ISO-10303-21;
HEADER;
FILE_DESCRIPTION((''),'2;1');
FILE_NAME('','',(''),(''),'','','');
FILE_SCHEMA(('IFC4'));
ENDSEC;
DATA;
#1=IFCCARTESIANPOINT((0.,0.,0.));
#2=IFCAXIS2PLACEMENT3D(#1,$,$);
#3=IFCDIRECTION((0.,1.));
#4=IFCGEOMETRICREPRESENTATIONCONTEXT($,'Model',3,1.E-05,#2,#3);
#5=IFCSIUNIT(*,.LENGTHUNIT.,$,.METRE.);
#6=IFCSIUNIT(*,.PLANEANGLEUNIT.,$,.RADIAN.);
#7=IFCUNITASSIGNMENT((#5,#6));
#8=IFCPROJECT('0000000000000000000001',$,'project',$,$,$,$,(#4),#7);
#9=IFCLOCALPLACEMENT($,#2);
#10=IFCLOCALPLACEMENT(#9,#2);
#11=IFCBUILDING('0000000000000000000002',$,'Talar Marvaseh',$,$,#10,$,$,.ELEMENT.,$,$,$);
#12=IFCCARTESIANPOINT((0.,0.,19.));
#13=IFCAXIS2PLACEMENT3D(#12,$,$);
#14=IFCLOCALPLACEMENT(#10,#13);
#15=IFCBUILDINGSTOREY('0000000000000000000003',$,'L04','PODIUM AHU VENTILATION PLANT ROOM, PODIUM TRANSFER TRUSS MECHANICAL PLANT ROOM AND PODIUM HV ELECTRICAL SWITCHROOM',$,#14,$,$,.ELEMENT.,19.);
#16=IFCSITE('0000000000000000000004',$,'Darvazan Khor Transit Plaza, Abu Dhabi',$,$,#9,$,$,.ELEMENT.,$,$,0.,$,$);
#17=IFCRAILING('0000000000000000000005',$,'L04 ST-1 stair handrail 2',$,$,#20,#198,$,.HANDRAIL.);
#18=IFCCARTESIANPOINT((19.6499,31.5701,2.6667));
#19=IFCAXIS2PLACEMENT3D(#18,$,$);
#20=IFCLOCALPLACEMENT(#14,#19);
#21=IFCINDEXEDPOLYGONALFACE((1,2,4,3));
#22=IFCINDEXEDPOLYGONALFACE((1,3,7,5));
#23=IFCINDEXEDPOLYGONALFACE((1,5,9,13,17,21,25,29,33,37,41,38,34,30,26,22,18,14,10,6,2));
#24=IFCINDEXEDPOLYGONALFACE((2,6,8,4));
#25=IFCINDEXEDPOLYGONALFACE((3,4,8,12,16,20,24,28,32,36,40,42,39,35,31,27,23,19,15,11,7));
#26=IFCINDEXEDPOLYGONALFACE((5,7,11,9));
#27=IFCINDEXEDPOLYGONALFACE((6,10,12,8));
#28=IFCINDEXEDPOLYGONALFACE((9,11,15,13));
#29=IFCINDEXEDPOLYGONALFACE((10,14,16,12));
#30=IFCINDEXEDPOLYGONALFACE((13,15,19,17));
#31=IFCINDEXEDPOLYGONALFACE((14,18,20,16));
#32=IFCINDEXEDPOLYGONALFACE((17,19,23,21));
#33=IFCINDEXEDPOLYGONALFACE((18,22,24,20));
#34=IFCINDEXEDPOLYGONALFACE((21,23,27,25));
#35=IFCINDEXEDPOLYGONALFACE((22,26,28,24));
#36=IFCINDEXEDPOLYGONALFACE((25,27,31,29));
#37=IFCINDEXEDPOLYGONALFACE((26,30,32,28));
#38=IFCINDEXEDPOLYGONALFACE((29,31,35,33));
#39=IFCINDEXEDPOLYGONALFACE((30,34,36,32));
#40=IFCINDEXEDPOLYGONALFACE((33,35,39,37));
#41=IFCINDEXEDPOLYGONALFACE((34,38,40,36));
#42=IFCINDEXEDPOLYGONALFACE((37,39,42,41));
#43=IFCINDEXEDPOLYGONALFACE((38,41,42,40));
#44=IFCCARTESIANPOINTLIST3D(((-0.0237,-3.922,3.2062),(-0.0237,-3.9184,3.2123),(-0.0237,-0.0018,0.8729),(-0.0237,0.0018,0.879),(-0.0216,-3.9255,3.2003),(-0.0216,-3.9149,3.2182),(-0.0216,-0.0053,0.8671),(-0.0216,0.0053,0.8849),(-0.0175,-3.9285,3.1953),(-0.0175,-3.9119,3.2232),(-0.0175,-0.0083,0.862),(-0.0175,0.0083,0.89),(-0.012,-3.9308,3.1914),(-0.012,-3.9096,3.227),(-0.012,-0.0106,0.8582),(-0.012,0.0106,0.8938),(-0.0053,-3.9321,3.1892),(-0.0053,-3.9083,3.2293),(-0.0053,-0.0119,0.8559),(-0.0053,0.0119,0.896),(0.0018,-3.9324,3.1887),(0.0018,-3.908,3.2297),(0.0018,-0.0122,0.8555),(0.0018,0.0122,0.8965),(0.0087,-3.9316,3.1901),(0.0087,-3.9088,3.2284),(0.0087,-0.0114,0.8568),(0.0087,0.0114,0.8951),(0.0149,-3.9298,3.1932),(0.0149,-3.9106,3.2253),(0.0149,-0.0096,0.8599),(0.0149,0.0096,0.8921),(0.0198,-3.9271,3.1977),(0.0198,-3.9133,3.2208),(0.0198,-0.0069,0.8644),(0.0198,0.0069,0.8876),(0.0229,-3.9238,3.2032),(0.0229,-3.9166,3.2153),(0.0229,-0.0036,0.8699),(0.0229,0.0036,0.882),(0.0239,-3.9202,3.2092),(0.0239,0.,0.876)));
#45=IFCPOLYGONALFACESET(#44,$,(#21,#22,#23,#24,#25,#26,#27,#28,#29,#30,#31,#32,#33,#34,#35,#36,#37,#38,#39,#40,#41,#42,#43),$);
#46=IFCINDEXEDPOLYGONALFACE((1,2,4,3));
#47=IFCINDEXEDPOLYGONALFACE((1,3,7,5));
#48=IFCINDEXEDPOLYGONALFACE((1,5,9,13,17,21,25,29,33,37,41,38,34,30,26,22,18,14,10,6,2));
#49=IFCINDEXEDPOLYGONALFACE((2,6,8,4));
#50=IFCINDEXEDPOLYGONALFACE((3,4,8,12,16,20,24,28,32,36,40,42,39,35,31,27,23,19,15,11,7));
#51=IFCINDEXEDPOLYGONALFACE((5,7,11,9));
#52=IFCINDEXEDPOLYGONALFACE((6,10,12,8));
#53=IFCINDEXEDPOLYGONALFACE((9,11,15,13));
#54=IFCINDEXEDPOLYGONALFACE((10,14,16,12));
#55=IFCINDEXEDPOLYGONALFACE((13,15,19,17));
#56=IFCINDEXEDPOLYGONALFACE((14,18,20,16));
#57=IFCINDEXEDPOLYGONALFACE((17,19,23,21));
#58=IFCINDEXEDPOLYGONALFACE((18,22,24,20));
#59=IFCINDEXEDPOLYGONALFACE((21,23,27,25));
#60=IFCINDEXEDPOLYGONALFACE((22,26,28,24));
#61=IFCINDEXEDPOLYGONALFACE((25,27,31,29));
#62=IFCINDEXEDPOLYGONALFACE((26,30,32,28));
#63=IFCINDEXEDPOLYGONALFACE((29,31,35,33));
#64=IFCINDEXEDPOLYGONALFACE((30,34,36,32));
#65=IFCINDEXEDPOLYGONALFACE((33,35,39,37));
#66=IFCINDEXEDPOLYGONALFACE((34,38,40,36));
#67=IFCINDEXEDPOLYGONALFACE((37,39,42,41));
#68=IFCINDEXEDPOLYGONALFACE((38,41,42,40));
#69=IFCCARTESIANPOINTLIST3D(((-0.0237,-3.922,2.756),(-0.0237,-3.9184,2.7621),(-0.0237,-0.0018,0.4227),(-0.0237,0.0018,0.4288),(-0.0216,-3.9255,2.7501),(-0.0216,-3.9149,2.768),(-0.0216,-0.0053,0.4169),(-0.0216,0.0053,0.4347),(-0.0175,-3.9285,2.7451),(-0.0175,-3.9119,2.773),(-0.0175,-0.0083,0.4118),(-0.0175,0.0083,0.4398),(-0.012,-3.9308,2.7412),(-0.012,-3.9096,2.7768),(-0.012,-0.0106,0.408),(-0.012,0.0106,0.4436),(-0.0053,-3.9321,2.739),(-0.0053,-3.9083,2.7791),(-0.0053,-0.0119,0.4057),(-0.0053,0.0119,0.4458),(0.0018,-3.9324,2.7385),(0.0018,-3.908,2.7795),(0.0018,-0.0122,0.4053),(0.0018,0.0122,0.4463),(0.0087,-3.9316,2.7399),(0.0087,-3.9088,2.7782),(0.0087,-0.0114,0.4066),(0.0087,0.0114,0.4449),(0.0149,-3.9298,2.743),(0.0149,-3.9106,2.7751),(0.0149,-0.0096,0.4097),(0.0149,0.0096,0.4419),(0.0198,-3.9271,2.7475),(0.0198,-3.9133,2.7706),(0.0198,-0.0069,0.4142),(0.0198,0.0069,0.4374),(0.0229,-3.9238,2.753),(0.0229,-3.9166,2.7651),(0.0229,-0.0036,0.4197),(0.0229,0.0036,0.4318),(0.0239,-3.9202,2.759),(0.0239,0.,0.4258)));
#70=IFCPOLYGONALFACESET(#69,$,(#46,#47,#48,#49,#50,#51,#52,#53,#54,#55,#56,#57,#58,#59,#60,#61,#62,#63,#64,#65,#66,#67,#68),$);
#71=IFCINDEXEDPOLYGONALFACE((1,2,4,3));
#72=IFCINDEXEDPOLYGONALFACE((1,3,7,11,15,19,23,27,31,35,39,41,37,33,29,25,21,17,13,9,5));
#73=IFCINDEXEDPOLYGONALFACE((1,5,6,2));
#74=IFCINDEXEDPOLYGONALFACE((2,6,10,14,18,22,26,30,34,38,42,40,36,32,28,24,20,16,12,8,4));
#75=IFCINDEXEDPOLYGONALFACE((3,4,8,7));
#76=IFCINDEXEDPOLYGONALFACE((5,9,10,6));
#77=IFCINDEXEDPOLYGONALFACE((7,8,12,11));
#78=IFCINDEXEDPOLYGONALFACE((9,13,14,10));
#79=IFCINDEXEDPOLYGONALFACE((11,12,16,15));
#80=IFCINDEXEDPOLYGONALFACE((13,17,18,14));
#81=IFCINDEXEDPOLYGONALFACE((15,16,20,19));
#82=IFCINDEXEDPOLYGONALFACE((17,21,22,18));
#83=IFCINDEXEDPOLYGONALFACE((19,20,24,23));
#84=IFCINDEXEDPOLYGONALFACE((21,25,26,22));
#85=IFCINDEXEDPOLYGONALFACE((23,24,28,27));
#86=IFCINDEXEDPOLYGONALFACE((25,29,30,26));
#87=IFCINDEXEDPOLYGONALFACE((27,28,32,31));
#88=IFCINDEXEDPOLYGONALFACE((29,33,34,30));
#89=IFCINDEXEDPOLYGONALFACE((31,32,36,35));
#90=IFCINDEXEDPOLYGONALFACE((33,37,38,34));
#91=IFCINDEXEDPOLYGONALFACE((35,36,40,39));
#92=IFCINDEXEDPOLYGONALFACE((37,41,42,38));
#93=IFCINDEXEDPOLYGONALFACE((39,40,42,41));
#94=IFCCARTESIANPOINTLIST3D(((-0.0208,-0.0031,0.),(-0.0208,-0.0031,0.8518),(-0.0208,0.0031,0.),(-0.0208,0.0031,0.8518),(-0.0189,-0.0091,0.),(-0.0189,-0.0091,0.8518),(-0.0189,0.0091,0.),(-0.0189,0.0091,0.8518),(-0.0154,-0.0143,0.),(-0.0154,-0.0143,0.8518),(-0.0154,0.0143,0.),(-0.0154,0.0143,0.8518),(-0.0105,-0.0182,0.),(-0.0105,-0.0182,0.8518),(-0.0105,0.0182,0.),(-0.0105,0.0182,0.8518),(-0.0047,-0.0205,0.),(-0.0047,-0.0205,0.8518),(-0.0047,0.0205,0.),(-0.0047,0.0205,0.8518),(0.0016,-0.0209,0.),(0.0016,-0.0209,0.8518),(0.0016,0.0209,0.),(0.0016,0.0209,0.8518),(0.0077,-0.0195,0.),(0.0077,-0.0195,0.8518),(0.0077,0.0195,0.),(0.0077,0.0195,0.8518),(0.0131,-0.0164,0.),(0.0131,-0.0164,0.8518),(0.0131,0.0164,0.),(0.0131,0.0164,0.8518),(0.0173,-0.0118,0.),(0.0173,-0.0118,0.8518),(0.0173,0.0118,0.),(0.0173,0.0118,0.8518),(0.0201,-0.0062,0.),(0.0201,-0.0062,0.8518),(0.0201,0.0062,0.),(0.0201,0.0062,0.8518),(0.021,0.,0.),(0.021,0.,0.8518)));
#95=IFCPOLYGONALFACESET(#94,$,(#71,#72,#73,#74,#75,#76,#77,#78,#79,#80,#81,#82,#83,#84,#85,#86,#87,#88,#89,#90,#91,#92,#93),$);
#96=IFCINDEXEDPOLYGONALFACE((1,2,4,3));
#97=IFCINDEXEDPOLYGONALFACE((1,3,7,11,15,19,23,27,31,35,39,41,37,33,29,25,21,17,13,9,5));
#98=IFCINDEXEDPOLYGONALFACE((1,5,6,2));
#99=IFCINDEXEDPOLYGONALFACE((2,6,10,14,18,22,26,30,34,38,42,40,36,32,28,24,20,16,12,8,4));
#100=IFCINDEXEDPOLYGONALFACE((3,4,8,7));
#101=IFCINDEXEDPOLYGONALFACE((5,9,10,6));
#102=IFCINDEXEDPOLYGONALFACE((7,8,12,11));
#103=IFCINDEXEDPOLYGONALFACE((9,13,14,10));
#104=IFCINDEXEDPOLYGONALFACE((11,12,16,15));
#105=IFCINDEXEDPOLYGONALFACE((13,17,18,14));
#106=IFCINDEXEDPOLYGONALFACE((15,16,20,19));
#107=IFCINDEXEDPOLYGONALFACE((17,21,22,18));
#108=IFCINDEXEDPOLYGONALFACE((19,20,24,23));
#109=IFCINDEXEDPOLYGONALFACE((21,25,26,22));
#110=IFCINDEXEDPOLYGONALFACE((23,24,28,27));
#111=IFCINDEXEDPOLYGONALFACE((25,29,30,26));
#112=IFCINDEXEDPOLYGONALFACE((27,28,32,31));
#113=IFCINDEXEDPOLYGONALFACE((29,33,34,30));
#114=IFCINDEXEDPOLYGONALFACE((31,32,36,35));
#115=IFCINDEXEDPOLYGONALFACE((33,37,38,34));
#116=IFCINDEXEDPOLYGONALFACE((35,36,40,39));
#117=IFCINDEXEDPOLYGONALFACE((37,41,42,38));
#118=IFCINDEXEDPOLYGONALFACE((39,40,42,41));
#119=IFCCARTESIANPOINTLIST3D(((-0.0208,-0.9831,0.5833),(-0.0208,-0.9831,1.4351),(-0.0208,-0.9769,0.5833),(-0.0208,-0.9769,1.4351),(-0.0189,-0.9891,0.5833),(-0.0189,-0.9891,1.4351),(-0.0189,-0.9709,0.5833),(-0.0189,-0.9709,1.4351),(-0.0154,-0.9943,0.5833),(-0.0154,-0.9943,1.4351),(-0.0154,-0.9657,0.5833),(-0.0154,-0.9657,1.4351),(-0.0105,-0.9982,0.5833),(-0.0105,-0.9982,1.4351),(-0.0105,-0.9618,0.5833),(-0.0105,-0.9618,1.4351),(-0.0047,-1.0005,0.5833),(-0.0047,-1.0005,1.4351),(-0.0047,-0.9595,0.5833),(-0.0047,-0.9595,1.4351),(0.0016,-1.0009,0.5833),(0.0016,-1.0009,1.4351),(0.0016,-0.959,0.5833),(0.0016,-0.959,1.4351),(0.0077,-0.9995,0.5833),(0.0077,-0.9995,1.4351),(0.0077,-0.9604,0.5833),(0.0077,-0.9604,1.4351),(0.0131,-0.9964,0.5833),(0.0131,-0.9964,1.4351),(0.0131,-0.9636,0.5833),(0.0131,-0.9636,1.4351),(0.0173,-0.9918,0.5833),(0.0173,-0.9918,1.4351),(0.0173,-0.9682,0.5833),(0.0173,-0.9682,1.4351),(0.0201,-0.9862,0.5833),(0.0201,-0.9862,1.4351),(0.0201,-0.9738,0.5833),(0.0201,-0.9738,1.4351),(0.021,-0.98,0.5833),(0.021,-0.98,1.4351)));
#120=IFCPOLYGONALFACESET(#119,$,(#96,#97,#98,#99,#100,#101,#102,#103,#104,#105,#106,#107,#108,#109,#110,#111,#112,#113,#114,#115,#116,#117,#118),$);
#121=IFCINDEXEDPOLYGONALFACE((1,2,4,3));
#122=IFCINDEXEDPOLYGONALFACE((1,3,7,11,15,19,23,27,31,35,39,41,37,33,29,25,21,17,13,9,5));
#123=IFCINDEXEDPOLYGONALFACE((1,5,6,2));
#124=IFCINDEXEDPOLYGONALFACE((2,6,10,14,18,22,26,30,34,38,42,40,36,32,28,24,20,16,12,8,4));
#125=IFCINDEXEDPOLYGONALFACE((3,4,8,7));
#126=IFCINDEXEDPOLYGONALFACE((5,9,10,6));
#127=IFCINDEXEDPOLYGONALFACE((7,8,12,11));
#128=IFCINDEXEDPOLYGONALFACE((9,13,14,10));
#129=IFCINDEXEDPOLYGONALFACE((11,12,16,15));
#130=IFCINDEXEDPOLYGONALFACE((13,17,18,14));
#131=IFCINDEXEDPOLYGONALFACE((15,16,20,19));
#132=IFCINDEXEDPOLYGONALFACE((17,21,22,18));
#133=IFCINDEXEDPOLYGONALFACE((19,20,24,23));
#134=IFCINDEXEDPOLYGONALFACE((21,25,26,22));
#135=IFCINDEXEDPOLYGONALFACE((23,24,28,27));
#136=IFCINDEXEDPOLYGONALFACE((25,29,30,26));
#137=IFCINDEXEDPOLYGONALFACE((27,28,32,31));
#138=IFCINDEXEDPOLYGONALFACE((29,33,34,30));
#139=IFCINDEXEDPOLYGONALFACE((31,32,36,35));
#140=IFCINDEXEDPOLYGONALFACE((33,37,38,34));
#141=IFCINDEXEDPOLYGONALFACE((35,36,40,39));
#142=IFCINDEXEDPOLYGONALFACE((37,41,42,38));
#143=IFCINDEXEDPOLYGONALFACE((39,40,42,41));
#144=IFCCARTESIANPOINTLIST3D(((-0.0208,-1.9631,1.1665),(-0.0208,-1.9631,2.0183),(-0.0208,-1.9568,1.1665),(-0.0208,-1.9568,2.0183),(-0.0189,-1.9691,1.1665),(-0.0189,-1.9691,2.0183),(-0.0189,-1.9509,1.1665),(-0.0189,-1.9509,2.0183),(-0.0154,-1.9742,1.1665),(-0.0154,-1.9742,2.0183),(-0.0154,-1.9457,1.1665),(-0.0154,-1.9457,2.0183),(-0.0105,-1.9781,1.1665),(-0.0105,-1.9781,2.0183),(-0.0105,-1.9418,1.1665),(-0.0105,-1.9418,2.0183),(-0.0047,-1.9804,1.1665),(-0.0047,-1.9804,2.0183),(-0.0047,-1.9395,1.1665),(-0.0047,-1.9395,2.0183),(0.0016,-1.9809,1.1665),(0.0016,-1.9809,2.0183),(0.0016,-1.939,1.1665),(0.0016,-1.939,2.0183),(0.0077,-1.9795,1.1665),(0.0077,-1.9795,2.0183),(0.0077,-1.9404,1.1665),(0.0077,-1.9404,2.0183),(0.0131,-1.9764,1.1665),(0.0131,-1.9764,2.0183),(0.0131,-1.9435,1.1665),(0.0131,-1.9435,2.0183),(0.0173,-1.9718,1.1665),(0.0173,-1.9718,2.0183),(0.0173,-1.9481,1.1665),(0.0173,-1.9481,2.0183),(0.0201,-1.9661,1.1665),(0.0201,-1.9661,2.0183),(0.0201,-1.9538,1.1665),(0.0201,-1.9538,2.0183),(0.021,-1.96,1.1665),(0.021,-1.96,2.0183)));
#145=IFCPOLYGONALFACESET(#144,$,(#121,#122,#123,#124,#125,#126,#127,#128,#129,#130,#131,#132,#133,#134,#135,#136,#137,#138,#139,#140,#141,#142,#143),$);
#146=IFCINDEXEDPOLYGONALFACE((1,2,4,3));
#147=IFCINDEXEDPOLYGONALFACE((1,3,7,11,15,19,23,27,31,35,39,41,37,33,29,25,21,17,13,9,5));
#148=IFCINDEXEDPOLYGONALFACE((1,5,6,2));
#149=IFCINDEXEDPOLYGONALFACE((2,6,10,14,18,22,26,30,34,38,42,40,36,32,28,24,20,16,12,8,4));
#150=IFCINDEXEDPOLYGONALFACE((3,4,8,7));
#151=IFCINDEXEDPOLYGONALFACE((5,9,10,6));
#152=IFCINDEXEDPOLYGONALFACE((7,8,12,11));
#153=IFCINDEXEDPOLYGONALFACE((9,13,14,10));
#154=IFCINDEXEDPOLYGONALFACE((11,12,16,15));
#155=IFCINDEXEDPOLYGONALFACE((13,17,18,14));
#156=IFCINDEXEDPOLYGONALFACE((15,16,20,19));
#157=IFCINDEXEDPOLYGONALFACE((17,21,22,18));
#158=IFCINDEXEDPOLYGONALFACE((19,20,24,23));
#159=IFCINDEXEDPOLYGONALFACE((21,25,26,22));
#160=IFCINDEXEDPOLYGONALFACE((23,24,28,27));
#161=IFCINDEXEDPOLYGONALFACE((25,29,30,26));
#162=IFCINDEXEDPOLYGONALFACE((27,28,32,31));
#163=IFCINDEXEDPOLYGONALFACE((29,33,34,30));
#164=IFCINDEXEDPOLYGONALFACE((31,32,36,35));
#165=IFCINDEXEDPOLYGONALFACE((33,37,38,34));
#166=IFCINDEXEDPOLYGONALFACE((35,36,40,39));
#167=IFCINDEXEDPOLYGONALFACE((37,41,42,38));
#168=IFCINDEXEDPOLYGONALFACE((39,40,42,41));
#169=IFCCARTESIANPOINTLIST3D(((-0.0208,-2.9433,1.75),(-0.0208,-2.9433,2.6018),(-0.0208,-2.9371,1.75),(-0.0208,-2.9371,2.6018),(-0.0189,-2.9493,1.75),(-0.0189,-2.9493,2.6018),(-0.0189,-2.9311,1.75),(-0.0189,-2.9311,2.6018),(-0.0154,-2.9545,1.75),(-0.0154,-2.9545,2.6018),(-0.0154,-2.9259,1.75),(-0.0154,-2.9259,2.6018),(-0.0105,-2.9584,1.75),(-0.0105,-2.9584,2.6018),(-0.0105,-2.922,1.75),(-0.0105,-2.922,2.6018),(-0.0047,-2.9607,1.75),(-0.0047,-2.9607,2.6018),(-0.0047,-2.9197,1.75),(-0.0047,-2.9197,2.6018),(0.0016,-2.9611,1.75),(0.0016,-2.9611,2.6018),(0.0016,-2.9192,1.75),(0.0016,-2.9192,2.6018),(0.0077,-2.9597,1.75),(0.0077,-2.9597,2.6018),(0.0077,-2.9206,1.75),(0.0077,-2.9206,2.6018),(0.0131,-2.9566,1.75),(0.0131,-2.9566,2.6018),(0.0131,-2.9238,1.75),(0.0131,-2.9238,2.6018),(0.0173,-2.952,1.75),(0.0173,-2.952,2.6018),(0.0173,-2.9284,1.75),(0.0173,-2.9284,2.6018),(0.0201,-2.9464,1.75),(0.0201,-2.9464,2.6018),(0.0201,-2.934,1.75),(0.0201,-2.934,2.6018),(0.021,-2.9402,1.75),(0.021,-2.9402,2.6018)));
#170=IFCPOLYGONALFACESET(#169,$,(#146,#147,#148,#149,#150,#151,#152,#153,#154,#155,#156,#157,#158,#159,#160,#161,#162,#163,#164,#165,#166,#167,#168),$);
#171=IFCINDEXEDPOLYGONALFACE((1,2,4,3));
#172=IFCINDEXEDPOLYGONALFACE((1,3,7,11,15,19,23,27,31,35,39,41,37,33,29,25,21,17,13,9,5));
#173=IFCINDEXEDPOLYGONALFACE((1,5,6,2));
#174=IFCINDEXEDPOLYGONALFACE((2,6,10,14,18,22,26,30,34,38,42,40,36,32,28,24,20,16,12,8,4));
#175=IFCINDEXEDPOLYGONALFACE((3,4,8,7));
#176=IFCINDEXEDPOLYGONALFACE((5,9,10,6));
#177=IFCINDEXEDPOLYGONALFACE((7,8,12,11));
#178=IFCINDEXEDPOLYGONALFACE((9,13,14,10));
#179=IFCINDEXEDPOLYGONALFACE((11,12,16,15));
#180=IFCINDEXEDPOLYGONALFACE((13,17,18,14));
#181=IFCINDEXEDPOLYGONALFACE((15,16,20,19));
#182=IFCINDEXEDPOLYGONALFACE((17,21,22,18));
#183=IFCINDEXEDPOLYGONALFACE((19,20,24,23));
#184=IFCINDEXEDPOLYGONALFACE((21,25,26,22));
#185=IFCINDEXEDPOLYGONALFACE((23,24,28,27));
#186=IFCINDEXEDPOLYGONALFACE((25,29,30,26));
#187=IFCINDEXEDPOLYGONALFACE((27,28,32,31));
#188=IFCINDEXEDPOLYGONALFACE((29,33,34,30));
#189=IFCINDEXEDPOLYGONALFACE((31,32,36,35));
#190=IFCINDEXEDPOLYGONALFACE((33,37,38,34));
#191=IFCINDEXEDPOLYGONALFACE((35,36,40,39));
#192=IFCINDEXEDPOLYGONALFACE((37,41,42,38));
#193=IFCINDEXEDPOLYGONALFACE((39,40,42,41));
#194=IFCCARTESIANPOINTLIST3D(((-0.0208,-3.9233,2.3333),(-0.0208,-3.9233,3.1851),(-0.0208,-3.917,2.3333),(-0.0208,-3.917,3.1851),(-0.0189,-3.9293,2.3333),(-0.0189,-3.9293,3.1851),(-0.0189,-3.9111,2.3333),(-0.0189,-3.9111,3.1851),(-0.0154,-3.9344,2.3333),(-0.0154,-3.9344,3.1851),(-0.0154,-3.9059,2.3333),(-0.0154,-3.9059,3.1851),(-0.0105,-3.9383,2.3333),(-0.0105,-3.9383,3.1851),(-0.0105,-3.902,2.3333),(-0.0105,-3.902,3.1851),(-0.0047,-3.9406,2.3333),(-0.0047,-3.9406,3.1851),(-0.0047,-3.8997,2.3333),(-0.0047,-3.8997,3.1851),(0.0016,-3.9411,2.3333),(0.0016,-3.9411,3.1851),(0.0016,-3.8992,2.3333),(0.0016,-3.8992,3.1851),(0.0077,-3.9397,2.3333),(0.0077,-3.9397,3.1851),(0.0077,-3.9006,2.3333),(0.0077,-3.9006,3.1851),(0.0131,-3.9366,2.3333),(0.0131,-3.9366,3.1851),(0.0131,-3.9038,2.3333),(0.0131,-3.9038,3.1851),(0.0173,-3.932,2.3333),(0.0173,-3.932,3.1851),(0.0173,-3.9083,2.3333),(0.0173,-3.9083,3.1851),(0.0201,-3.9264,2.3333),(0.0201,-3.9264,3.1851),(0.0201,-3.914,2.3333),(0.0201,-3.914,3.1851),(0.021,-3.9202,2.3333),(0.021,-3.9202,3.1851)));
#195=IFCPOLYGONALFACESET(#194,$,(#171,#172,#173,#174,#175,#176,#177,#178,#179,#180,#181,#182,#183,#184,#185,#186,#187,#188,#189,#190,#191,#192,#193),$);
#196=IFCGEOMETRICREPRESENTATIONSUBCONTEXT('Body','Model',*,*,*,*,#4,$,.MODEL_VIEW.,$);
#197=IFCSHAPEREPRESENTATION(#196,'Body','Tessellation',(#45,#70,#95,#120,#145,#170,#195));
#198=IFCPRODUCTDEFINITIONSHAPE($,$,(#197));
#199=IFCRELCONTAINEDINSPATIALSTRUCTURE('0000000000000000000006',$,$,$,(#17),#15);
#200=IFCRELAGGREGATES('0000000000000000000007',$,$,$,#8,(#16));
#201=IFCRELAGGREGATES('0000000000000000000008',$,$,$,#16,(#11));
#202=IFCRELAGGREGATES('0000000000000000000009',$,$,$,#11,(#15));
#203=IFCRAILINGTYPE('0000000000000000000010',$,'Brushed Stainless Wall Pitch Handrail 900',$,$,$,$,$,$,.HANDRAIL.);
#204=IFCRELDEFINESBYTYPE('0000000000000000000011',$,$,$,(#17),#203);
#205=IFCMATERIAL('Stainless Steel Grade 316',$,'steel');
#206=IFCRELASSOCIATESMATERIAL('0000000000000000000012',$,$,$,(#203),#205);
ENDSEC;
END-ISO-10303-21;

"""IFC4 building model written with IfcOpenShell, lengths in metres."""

from ifc_helpers import new_model, si_unit, direction, frame, origin, origin_2d, place, context, subcontext, project, spatial, circle, extrude, material, type_object, element, save


model = new_model("IFC4")

# Units and contexts
model_context = context("Model", 3, precision=1e-05, world=origin(), true_north=direction((0.0, 1.0)))
body_context = subcontext(model_context, "Body", "Model", "MODEL_VIEW")
ifc_project = project(units=[si_unit("LENGTHUNIT", "METRE"), si_unit("PLANEANGLEUNIT", "RADIAN")], contexts=[model_context])

# Site, building, storey
site_placement = place(None, origin())
site = spatial("IfcSite", under=ifc_project, at=site_placement, Name="Darvazan Khor Transit Plaza, Abu Dhabi", CompositionType="ELEMENT", RefElevation=0.0)
building_placement = place(site_placement, origin())
building = spatial("IfcBuilding", under=site, at=building_placement, Name="Talar Marvaseh", CompositionType="ELEMENT")
storey_placement = place(building_placement, frame((0.0, 0.0, 19.0)))
storey = spatial("IfcBuildingStorey", under=building, at=storey_placement, Name="L04", Description="PODIUM AHU VENTILATION PLANT ROOM, PODIUM TRANSFER TRUSS MECHANICAL PLANT ROOM AND PODIUM HV ELECTRICAL SWITCHROOM", CompositionType="ELEMENT", Elevation=19.0)

# Shared definitions
ifc_material_1 = material(Name="Stainless Steel Grade 316", Category="steel")

# Railing
railing_type_1 = type_object("IfcRailingType", Name="Brushed Stainless Wall Pitch Handrail 900", PredefinedType="HANDRAIL", material=ifc_material_1)
for number, where, name in (
    (1, (19.6499, 31.5701, 2.6667), "L04 ST-1 stair handrail 2"),
):
    element("IfcRailing", number, at=place(storey_placement, frame(where)), inside=storey, type_object=railing_type_1, Name=name, PredefinedType="HANDRAIL", context=body_context, shape_type="SweptSolid", body=[
        extrude(circle(Radius=0.0239, at=origin_2d()), frame((0.0, 0.0, 0.876), z_axis=(0.0, -0.85931, 0.511455), x_axis=(1.0, 0.0, 0.0)), (0.0, 0.0, 1.0), 4.562),
        extrude(circle(Radius=0.0239, at=origin_2d()), frame((0.0, 0.0, 0.4258), z_axis=(0.0, -0.85931, 0.511455), x_axis=(1.0, 0.0, 0.0)), (0.0, 0.0, 1.0), 4.562),
        extrude(circle(Radius=0.021, at=origin_2d()), origin(), (0.0, 0.0, 1.0), 0.8518),
        extrude(circle(Radius=0.021, at=origin_2d()), frame((0.0, -0.98, 0.5833)), (0.0, 0.0, 1.0), 0.8518),
        extrude(circle(Radius=0.021, at=origin_2d()), frame((0.0, -1.96, 1.1665)), (0.0, 0.0, 1.0), 0.8518),
        extrude(circle(Radius=0.021, at=origin_2d()), frame((0.0, -2.9402, 1.75)), (0.0, 0.0, 1.0), 0.8518),
        extrude(circle(Radius=0.021, at=origin_2d()), frame((0.0, -3.9202, 2.3333)), (0.0, 0.0, 1.0), 0.8518),
    ])

save(model, "model.ifc")
